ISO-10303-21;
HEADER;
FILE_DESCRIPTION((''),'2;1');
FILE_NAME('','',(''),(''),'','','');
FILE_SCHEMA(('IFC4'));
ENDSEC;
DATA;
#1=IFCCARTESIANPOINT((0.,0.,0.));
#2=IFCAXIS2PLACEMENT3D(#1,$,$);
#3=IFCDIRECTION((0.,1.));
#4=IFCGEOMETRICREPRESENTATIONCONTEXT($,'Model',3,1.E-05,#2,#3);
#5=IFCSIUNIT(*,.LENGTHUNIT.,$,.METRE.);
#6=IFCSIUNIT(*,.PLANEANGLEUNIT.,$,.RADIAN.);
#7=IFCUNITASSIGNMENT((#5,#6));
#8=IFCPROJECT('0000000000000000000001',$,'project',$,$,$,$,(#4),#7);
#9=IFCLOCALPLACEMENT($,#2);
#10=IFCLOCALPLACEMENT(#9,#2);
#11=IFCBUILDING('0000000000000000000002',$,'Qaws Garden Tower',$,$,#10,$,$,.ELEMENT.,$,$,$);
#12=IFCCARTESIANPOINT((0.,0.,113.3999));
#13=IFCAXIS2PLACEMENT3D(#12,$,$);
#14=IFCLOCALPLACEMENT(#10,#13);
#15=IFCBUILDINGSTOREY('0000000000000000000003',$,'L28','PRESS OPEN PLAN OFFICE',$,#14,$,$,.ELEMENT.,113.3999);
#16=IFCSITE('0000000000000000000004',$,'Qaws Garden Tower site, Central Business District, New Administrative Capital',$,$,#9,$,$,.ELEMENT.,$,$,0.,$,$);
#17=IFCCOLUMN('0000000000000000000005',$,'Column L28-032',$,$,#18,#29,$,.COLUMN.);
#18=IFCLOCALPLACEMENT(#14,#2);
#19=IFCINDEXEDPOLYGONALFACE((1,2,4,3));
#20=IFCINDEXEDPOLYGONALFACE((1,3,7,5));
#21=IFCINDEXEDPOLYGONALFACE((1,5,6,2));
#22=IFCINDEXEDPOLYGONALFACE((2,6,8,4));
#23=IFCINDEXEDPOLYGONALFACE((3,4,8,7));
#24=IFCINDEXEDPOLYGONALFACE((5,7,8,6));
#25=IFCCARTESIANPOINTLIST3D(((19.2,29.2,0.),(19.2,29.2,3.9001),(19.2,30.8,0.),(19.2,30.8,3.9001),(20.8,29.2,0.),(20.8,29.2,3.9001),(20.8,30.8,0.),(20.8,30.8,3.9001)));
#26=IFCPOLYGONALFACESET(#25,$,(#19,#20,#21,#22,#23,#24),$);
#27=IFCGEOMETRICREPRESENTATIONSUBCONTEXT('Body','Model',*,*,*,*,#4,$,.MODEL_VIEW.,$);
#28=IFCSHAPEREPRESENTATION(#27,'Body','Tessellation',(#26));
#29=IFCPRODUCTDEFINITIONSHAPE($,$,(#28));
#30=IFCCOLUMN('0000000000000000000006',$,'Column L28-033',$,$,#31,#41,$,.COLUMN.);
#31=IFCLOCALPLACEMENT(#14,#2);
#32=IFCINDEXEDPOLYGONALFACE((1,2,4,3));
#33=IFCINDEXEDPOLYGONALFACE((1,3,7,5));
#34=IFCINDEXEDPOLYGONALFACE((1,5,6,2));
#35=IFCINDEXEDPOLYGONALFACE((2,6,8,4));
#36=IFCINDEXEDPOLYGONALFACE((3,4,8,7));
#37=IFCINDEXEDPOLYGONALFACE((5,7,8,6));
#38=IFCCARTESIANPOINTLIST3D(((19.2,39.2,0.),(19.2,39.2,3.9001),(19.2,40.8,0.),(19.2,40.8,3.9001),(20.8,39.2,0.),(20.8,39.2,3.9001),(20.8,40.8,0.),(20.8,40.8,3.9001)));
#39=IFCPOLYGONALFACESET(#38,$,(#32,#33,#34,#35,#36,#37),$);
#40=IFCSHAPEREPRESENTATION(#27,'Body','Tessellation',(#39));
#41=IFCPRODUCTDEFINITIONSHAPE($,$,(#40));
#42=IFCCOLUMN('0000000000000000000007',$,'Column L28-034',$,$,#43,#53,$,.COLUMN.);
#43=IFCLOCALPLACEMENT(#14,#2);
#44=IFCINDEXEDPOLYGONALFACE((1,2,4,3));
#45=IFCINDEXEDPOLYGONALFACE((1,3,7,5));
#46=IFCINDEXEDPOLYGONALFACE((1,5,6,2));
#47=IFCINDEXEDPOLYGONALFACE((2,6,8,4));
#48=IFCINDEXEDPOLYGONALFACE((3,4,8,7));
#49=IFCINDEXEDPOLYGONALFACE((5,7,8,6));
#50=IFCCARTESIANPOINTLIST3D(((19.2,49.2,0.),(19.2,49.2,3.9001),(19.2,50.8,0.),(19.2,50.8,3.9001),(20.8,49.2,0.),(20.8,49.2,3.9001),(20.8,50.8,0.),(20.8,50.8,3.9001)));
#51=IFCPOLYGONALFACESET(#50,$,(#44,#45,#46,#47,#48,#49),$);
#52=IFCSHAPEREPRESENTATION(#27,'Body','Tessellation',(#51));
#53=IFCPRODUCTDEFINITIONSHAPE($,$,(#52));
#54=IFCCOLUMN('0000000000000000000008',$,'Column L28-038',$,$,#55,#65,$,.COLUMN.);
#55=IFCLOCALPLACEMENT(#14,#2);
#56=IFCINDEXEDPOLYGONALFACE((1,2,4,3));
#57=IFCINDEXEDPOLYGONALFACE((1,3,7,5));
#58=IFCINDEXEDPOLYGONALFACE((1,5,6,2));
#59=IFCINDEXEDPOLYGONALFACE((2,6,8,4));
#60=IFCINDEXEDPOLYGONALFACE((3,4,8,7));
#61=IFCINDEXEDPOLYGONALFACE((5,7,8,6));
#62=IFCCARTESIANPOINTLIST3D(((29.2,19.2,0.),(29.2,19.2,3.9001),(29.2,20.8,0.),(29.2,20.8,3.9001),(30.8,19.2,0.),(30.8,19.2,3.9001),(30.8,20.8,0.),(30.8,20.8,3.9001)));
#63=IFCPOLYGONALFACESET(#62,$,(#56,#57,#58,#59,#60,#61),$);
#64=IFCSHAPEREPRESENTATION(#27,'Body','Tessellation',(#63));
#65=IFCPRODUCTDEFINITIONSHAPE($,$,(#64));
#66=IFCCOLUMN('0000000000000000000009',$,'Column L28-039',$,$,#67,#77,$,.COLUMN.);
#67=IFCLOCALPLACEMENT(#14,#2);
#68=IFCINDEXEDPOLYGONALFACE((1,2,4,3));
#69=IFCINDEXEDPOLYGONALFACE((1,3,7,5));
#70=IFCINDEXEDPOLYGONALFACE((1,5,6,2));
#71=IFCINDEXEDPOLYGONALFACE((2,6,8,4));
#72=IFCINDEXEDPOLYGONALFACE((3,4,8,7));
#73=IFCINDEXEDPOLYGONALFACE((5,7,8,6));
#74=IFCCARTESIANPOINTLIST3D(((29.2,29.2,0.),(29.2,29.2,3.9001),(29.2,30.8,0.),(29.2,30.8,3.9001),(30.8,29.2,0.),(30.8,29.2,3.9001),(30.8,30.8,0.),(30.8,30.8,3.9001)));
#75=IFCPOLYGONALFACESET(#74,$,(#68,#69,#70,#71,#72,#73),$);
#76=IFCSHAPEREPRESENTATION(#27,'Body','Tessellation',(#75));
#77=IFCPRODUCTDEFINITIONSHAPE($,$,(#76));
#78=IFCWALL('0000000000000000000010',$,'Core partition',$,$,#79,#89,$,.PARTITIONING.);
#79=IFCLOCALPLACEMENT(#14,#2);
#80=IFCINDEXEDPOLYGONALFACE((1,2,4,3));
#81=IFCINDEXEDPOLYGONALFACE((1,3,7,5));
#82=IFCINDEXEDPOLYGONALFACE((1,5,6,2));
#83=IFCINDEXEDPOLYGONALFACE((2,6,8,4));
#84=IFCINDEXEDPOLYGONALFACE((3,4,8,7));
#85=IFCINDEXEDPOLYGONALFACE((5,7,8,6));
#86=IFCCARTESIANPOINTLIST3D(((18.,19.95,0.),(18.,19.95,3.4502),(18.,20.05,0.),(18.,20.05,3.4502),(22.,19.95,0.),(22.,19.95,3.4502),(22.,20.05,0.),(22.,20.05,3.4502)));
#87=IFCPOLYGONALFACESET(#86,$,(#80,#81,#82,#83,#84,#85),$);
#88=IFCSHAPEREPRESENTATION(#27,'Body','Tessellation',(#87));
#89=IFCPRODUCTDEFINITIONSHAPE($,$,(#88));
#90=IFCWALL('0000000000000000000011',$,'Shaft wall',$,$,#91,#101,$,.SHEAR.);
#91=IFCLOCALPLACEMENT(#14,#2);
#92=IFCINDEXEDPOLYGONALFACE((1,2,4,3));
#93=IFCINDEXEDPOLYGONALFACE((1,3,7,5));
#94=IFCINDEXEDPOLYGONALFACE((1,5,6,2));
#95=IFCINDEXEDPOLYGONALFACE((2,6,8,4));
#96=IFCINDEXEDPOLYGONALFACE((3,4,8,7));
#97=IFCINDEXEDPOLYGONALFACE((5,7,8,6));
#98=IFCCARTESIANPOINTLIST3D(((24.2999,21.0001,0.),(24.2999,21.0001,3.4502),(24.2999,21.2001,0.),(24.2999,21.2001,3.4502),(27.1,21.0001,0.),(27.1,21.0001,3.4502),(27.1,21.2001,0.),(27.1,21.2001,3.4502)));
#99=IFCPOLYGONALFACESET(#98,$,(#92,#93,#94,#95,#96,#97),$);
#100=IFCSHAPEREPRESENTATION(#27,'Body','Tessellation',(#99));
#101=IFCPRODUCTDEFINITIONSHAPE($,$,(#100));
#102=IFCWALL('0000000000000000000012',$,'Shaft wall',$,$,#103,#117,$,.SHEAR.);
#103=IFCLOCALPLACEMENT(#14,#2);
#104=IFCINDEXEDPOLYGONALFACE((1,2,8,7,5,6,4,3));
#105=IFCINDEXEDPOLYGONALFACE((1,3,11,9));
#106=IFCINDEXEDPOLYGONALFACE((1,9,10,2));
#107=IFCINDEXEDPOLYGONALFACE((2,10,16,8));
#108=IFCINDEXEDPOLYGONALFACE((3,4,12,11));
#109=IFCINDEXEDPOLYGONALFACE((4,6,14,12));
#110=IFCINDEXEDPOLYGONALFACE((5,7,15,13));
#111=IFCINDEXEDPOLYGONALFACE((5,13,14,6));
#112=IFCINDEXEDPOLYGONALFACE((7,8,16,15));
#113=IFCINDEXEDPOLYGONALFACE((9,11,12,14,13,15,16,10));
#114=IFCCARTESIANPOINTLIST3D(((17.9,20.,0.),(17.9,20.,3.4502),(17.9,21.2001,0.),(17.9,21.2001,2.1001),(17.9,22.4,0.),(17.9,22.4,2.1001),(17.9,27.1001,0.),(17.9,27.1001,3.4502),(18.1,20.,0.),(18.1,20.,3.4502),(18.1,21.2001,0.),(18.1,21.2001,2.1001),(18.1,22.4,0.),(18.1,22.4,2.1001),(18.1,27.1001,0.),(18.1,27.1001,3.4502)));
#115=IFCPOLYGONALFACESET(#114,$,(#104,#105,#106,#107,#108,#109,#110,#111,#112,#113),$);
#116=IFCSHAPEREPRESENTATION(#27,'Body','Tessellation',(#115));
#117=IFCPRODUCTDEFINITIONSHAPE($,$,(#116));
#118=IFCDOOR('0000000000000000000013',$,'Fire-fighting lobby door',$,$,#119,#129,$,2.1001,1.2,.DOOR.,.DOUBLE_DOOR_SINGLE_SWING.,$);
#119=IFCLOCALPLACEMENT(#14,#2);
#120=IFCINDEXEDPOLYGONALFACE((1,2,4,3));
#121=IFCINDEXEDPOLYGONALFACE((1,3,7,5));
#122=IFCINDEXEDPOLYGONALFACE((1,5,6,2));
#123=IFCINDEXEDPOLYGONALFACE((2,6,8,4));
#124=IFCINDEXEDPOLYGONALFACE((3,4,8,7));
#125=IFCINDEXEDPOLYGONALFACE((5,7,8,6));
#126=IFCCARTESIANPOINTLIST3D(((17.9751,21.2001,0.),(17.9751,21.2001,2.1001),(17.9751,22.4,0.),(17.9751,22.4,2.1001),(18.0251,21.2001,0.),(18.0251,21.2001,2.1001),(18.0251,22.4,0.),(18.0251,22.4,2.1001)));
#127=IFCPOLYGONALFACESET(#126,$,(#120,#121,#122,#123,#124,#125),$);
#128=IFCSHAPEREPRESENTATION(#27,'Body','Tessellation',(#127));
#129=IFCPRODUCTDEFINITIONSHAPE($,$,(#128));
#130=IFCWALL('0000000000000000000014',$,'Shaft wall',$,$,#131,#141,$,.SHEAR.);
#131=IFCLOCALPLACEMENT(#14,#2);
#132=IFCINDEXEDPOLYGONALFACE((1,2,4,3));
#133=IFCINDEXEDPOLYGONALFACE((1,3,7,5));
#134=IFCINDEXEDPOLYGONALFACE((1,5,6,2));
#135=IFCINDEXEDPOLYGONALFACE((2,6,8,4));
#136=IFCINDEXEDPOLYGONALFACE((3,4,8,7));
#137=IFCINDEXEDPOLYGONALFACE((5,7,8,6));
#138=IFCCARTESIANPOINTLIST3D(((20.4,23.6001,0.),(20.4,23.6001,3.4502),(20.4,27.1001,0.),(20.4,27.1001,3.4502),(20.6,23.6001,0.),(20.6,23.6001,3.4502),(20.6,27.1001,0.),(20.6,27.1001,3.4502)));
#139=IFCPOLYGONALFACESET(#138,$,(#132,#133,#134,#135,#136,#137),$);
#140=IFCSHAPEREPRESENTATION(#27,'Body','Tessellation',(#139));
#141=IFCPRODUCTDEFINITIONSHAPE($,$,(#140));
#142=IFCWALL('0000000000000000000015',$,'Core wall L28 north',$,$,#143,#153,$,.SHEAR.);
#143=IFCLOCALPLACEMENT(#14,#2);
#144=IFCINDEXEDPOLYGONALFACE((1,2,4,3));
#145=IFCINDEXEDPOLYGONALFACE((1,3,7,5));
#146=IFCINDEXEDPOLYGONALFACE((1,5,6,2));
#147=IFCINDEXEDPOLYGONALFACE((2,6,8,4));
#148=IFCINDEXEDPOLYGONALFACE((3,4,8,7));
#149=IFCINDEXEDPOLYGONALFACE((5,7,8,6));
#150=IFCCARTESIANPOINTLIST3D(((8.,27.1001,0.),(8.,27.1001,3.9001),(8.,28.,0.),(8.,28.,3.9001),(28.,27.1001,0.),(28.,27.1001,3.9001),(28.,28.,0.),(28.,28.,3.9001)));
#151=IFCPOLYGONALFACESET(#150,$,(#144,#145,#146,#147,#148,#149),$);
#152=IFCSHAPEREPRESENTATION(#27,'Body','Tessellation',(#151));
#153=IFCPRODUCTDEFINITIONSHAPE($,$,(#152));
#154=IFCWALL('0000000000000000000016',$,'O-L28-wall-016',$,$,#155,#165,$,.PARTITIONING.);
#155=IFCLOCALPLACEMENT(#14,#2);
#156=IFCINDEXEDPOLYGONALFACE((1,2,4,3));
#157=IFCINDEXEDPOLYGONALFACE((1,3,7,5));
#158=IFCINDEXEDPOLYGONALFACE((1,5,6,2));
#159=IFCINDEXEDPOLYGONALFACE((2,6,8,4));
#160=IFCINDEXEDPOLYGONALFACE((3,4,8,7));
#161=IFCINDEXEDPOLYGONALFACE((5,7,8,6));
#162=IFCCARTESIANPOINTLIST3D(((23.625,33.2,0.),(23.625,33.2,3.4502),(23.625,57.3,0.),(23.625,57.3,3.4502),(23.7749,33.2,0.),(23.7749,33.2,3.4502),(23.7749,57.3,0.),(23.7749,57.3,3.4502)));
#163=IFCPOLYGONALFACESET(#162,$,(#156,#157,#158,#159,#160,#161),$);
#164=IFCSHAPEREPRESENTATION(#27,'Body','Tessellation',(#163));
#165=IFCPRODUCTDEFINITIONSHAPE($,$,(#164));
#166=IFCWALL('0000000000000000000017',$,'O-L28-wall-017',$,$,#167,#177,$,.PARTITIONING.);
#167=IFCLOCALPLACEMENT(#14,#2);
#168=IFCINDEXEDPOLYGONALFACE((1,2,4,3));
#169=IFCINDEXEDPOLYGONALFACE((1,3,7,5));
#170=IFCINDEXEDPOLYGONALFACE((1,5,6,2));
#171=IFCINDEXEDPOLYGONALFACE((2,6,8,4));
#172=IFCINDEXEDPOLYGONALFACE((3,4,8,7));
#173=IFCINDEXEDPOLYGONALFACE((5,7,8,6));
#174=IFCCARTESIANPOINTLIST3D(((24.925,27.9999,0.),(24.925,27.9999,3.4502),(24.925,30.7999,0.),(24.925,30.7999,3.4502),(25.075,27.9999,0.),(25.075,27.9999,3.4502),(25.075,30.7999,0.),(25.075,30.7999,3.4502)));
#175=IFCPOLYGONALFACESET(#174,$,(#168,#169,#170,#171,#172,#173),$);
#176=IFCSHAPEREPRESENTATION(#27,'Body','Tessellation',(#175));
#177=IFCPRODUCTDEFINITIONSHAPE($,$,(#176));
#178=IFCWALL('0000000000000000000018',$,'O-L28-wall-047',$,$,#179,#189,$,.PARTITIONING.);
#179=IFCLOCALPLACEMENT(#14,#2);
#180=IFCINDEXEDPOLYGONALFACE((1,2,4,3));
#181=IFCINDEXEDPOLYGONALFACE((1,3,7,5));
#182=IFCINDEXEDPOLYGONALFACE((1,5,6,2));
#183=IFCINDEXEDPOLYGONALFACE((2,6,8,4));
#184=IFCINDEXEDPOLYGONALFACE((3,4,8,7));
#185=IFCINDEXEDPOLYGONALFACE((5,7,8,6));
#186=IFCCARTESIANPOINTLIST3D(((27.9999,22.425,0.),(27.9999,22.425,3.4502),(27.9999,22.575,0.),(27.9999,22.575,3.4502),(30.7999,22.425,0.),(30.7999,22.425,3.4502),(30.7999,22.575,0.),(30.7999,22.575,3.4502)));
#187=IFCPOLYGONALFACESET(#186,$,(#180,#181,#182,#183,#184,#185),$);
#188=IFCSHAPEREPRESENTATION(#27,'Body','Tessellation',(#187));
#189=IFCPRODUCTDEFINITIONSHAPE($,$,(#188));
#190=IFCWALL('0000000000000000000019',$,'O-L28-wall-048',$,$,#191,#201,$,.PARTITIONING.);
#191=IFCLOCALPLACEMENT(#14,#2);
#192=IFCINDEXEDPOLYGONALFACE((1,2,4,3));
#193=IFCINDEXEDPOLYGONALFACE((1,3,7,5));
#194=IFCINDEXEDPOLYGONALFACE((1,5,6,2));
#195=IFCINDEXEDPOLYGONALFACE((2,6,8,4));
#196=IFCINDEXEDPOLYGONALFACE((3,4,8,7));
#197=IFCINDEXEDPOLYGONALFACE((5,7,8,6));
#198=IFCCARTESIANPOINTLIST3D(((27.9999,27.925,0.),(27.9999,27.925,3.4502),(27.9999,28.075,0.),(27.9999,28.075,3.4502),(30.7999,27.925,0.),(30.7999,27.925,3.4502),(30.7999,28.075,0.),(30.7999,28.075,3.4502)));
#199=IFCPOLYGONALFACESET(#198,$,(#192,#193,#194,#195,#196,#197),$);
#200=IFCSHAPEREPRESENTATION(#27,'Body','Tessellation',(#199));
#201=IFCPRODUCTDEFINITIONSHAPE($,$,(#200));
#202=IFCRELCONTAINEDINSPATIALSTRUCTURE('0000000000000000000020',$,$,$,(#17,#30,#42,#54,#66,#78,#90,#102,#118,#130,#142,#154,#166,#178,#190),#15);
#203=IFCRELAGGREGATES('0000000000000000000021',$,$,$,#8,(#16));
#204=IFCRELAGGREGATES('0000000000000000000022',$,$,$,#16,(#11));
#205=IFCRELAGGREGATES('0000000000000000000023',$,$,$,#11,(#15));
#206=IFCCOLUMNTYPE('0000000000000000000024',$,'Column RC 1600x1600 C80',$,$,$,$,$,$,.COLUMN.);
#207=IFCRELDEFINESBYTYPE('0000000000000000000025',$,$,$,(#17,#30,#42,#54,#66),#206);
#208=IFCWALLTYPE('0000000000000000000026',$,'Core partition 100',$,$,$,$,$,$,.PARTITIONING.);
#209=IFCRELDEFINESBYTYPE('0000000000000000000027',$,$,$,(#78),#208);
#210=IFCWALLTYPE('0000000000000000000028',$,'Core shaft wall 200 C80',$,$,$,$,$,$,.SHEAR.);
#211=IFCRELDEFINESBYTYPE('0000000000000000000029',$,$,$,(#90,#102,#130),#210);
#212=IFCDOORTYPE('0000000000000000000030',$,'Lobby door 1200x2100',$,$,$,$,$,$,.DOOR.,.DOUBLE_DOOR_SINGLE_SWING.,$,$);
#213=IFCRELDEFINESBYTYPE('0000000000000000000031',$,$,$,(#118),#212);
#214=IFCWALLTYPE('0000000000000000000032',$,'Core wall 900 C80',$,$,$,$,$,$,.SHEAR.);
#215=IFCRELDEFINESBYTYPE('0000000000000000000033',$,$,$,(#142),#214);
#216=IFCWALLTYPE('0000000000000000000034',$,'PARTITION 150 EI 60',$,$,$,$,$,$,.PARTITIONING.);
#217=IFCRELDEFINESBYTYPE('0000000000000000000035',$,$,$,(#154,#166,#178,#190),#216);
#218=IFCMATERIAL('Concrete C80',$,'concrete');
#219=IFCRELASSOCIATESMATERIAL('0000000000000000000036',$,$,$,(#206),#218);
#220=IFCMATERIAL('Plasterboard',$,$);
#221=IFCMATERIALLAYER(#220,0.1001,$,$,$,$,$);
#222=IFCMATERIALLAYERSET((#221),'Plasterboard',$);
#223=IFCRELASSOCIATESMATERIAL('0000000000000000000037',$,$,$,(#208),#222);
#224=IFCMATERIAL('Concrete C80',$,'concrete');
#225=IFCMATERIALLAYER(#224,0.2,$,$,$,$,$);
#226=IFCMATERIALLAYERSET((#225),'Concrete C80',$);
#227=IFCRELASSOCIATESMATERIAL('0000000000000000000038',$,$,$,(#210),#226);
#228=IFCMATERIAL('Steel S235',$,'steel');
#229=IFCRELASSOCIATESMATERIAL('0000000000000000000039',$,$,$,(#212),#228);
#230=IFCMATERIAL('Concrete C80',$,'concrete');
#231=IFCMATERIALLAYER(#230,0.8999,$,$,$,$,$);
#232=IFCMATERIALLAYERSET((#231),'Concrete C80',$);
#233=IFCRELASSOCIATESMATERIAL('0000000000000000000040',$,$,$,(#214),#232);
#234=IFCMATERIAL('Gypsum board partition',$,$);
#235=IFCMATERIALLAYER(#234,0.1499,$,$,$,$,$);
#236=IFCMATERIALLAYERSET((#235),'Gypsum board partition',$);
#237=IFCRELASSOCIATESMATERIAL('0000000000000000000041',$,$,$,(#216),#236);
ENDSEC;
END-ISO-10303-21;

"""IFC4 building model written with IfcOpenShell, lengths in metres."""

from ifc_helpers import new_model, si_unit, direction, frame, frame_2d, origin, origin_2d, place, context, subcontext, project, spatial, rectangle, extrude, material, layer, layer_set, material_profile, profile_set, type_object, element, fill, save


model = new_model("IFC4")

# Units and contexts
model_context = context("Model", 3, precision=1e-05, world=origin(), true_north=direction((0.0, 1.0)))
body_context = subcontext(model_context, "Body", "Model", "MODEL_VIEW")
ifc_project = project(units=[si_unit("LENGTHUNIT", "METRE"), si_unit("PLANEANGLEUNIT", "RADIAN")], contexts=[model_context])

# Site, building, storey
site_placement = place(None, origin())
site = spatial("IfcSite", under=ifc_project, at=site_placement, Name="Qaws Garden Tower site, Central Business District, New Administrative Capital", CompositionType="ELEMENT", RefElevation=0.0)
building_placement = place(site_placement, origin())
building = spatial("IfcBuilding", under=site, at=building_placement, Name="Qaws Garden Tower", CompositionType="ELEMENT")
storey_placement = place(building_placement, frame((0.0, 0.0, 113.3999)))
storey = spatial("IfcBuildingStorey", under=building, at=storey_placement, Name="L28", Description="PRESS OPEN PLAN OFFICE", CompositionType="ELEMENT", Elevation=113.3999)

# Columns
ifc_material_1 = material(Name="Concrete C80", Category="concrete")
ifc_material_profile = material_profile(ifc_material_1, rectangle(XDim=1.6001, YDim=1.6001, at=origin_2d()), Name="RC 1600x1600")
ifc_profile_set = profile_set([ifc_material_profile], Name="Concrete C80")
column_type = type_object("IfcColumnType", Name="Column RC 1600x1600 C80", PredefinedType="COLUMN", material=ifc_profile_set)
for number, where, z_axis, x_axis, name in (
    (1, (20.0, 30.0, 0.0), (0.0, 0.0, 1.0), (1.0, 0.0, 0.0), "Column L28-032"),
    (2, (20.0, 40.0, 0.0), (0.0, 0.0, 1.0), (1.0, 0.0, 0.0), "Column L28-033"),
    (3, (20.0, 50.0, 0.0), (0.0, 0.0, 1.0), (1.0, 0.0, 0.0), "Column L28-034"),
    (4, (30.0, 20.0, 0.0), (0.0, 0.0, 1.0), (1.0, 0.0, 0.0), "Column L28-038"),
    (5, (30.0, 30.0, 0.0), (0.0, 0.0, 1.0), (1.0, 0.0, 0.0), "Column L28-039"),
):
    element("IfcColumn", number, at=place(storey_placement, frame(where, z_axis=z_axis, x_axis=x_axis)), inside=storey, type_object=column_type, Name=name, PredefinedType="COLUMN", context=body_context, shape_type="SweptSolid", body=[
        extrude(rectangle(XDim=1.6001, YDim=1.6001, at=origin_2d()), origin(), (0.0, 0.0, 1.0), 3.9001),
    ])

# Walls
ifc_material_2 = material(Name="Plasterboard")
ifc_layer_1 = layer(ifc_material_2, 0.1001)
ifc_layer_set_1 = layer_set([ifc_layer_1], Name="Plasterboard")
wall_type_1 = type_object("IfcWallType", Name="Core partition 100", PredefinedType="PARTITIONING", material=ifc_layer_set_1)
wall_1_placement = place(storey_placement, frame((18.0, 20.0, 0.0), z_axis=(0.0, 0.0, 1.0), x_axis=(1.0, 0.0, 0.0)))
element("IfcWall", 6, at=wall_1_placement, inside=storey, type_object=wall_type_1, Name="Core partition", PredefinedType="PARTITIONING", context=body_context, shape_type="SweptSolid", body=[
    extrude(rectangle(XDim=4.0, YDim=0.1001, at=frame_2d((2.0, 0.0))), origin(), (0.0, 0.0, 1.0), 3.4502),
])
ifc_material_3 = material(Name="Concrete C80", Category="concrete")
ifc_layer_2 = layer(ifc_material_3, 0.2)
ifc_layer_set_2 = layer_set([ifc_layer_2], Name="Concrete C80")
wall_type_2 = type_object("IfcWallType", Name="Core shaft wall 200 C80", PredefinedType="SHEAR", material=ifc_layer_set_2)
wall_2_placement = place(storey_placement, frame((24.3, 21.1001, 0.0), z_axis=(0.0, 0.0, 1.0), x_axis=(1.0, 0.0, 0.0)))
element("IfcWall", 7, at=wall_2_placement, inside=storey, type_object=wall_type_2, Name="Shaft wall", PredefinedType="SHEAR", context=body_context, shape_type="SweptSolid", body=[
    extrude(rectangle(XDim=2.8, YDim=0.2, at=frame_2d((1.3999, 0.0))), origin(), (0.0, 0.0, 1.0), 3.4502),
])

# Wall, opening, door
wall_3_placement = place(storey_placement, frame((18.0, 20.0, 0.0), z_axis=(0.0, 0.0, 1.0), x_axis=(0.0, 1.0, 0.0)))
wall_3 = element("IfcWall", 8, at=wall_3_placement, inside=storey, type_object=wall_type_2, Name="Shaft wall", PredefinedType="SHEAR", context=body_context, shape_type="SweptSolid", body=[
    extrude(rectangle(XDim=7.1001, YDim=0.2, at=frame_2d((3.55, 0.0))), origin(), (0.0, 0.0, 1.0), 3.4502),
])
opening_1_placement = place(wall_3_placement, frame((1.2, 0.0, 0.0)))
opening_1 = element("IfcOpeningElement", 9, at=opening_1_placement, cuts=wall_3, PredefinedType="OPENING", context=body_context, shape_type="SweptSolid", body=[
    extrude(rectangle(XDim=1.2, YDim=2.1001, at=frame_2d((0.6001, 1.05))), frame((0.0, 0.1099, 0.0), z_axis=(0.0, -1.0, 0.0), x_axis=(1.0, 0.0, 0.0)), (0.0, 0.0, 1.0), 0.22),
])
ifc_material_4 = material(Name="Steel S235", Category="steel")
door_type_1 = type_object("IfcDoorType", Name="Lobby door 1200x2100", OperationType="DOUBLE_DOOR_SINGLE_SWING", PredefinedType="DOOR", material=ifc_material_4)
door_1_placement = place(opening_1_placement, origin())
door_1 = element("IfcDoor", 10, at=door_1_placement, inside=storey, type_object=door_type_1, Name="Fire-fighting lobby door", OperationType="DOUBLE_DOOR_SINGLE_SWING", OverallHeight=2.1001, OverallWidth=1.2, PredefinedType="DOOR", context=body_context, shape_type="SweptSolid", body=[
    extrude(rectangle(XDim=1.2, YDim=2.1001, at=frame_2d((0.6001, 1.05))), frame((0.0, 0.0249, 0.0), z_axis=(0.0, -1.0, 0.0), x_axis=(1.0, 0.0, 0.0)), (0.0, 0.0, 1.0), 0.05),
])
fill(opening_1, door_1)

# Walls
wall_4_placement = place(storey_placement, frame((20.5, 23.6001, 0.0), z_axis=(0.0, 0.0, 1.0), x_axis=(0.0, 1.0, 0.0)))
element("IfcWall", 11, at=wall_4_placement, inside=storey, type_object=wall_type_2, Name="Shaft wall", PredefinedType="SHEAR", context=body_context, shape_type="SweptSolid", body=[
    extrude(rectangle(XDim=3.5, YDim=0.2, at=frame_2d((1.75, 0.0))), origin(), (0.0, 0.0, 1.0), 3.4502),
])
ifc_material_5 = material(Name="Concrete C80", Category="concrete")
ifc_layer_3 = layer(ifc_material_5, 0.8999)
ifc_layer_set_3 = layer_set([ifc_layer_3], Name="Concrete C80")
wall_type_3 = type_object("IfcWallType", Name="Core wall 900 C80", PredefinedType="SHEAR", material=ifc_layer_set_3)
wall_5_placement = place(storey_placement, frame((28.0, 27.55, 0.0), z_axis=(0.0, 0.0, 1.0), x_axis=(-1.0, 0.0, 0.0)))
element("IfcWall", 12, at=wall_5_placement, inside=storey, type_object=wall_type_3, Name="Core wall L28 north", PredefinedType="SHEAR", context=body_context, shape_type="SweptSolid", body=[
    extrude(rectangle(XDim=20.0, YDim=0.8999, at=frame_2d((10.0, 0.0))), origin(), (0.0, 0.0, 1.0), 3.9001),
])
ifc_material_6 = material(Name="Gypsum board partition")
ifc_layer_4 = layer(ifc_material_6, 0.1499)
ifc_layer_set_4 = layer_set([ifc_layer_4], Name="Gypsum board partition")
wall_type_4 = type_object("IfcWallType", Name="PARTITION 150 EI 60", PredefinedType="PARTITIONING", material=ifc_layer_set_4)
wall_6_placement = place(storey_placement, frame((23.7, 33.2, 0.0), z_axis=(0.0, 0.0, 1.0), x_axis=(0.0, 1.0, 0.0)))
element("IfcWall", 13, at=wall_6_placement, inside=storey, type_object=wall_type_4, Name="O-L28-wall-016", PredefinedType="PARTITIONING", context=body_context, shape_type="SweptSolid", body=[
    extrude(rectangle(XDim=24.1001, YDim=0.1499, at=frame_2d((12.05, 0.0))), origin(), (0.0, 0.0, 1.0), 3.4502),
])
for number, where, z_axis, x_axis, name in (
    (14, (25.0, 28.0, 0.0), (0.0, 0.0, 1.0), (0.0, 1.0, 0.0), "O-L28-wall-017"),
    (15, (28.0, 22.5, 0.0), (0.0, 0.0, 1.0), (1.0, 0.0, 0.0), "O-L28-wall-047"),
    (16, (28.0, 28.0, 0.0), (0.0, 0.0, 1.0), (1.0, 0.0, 0.0), "O-L28-wall-048"),
):
    element("IfcWall", number, at=place(storey_placement, frame(where, z_axis=z_axis, x_axis=x_axis)), inside=storey, type_object=wall_type_4, Name=name, PredefinedType="PARTITIONING", context=body_context, shape_type="SweptSolid", body=[
        extrude(rectangle(XDim=2.8, YDim=0.1499, at=frame_2d((1.3999, 0.0))), origin(), (0.0, 0.0, 1.0), 3.4502),
    ])

save(model, "model.ifc")
